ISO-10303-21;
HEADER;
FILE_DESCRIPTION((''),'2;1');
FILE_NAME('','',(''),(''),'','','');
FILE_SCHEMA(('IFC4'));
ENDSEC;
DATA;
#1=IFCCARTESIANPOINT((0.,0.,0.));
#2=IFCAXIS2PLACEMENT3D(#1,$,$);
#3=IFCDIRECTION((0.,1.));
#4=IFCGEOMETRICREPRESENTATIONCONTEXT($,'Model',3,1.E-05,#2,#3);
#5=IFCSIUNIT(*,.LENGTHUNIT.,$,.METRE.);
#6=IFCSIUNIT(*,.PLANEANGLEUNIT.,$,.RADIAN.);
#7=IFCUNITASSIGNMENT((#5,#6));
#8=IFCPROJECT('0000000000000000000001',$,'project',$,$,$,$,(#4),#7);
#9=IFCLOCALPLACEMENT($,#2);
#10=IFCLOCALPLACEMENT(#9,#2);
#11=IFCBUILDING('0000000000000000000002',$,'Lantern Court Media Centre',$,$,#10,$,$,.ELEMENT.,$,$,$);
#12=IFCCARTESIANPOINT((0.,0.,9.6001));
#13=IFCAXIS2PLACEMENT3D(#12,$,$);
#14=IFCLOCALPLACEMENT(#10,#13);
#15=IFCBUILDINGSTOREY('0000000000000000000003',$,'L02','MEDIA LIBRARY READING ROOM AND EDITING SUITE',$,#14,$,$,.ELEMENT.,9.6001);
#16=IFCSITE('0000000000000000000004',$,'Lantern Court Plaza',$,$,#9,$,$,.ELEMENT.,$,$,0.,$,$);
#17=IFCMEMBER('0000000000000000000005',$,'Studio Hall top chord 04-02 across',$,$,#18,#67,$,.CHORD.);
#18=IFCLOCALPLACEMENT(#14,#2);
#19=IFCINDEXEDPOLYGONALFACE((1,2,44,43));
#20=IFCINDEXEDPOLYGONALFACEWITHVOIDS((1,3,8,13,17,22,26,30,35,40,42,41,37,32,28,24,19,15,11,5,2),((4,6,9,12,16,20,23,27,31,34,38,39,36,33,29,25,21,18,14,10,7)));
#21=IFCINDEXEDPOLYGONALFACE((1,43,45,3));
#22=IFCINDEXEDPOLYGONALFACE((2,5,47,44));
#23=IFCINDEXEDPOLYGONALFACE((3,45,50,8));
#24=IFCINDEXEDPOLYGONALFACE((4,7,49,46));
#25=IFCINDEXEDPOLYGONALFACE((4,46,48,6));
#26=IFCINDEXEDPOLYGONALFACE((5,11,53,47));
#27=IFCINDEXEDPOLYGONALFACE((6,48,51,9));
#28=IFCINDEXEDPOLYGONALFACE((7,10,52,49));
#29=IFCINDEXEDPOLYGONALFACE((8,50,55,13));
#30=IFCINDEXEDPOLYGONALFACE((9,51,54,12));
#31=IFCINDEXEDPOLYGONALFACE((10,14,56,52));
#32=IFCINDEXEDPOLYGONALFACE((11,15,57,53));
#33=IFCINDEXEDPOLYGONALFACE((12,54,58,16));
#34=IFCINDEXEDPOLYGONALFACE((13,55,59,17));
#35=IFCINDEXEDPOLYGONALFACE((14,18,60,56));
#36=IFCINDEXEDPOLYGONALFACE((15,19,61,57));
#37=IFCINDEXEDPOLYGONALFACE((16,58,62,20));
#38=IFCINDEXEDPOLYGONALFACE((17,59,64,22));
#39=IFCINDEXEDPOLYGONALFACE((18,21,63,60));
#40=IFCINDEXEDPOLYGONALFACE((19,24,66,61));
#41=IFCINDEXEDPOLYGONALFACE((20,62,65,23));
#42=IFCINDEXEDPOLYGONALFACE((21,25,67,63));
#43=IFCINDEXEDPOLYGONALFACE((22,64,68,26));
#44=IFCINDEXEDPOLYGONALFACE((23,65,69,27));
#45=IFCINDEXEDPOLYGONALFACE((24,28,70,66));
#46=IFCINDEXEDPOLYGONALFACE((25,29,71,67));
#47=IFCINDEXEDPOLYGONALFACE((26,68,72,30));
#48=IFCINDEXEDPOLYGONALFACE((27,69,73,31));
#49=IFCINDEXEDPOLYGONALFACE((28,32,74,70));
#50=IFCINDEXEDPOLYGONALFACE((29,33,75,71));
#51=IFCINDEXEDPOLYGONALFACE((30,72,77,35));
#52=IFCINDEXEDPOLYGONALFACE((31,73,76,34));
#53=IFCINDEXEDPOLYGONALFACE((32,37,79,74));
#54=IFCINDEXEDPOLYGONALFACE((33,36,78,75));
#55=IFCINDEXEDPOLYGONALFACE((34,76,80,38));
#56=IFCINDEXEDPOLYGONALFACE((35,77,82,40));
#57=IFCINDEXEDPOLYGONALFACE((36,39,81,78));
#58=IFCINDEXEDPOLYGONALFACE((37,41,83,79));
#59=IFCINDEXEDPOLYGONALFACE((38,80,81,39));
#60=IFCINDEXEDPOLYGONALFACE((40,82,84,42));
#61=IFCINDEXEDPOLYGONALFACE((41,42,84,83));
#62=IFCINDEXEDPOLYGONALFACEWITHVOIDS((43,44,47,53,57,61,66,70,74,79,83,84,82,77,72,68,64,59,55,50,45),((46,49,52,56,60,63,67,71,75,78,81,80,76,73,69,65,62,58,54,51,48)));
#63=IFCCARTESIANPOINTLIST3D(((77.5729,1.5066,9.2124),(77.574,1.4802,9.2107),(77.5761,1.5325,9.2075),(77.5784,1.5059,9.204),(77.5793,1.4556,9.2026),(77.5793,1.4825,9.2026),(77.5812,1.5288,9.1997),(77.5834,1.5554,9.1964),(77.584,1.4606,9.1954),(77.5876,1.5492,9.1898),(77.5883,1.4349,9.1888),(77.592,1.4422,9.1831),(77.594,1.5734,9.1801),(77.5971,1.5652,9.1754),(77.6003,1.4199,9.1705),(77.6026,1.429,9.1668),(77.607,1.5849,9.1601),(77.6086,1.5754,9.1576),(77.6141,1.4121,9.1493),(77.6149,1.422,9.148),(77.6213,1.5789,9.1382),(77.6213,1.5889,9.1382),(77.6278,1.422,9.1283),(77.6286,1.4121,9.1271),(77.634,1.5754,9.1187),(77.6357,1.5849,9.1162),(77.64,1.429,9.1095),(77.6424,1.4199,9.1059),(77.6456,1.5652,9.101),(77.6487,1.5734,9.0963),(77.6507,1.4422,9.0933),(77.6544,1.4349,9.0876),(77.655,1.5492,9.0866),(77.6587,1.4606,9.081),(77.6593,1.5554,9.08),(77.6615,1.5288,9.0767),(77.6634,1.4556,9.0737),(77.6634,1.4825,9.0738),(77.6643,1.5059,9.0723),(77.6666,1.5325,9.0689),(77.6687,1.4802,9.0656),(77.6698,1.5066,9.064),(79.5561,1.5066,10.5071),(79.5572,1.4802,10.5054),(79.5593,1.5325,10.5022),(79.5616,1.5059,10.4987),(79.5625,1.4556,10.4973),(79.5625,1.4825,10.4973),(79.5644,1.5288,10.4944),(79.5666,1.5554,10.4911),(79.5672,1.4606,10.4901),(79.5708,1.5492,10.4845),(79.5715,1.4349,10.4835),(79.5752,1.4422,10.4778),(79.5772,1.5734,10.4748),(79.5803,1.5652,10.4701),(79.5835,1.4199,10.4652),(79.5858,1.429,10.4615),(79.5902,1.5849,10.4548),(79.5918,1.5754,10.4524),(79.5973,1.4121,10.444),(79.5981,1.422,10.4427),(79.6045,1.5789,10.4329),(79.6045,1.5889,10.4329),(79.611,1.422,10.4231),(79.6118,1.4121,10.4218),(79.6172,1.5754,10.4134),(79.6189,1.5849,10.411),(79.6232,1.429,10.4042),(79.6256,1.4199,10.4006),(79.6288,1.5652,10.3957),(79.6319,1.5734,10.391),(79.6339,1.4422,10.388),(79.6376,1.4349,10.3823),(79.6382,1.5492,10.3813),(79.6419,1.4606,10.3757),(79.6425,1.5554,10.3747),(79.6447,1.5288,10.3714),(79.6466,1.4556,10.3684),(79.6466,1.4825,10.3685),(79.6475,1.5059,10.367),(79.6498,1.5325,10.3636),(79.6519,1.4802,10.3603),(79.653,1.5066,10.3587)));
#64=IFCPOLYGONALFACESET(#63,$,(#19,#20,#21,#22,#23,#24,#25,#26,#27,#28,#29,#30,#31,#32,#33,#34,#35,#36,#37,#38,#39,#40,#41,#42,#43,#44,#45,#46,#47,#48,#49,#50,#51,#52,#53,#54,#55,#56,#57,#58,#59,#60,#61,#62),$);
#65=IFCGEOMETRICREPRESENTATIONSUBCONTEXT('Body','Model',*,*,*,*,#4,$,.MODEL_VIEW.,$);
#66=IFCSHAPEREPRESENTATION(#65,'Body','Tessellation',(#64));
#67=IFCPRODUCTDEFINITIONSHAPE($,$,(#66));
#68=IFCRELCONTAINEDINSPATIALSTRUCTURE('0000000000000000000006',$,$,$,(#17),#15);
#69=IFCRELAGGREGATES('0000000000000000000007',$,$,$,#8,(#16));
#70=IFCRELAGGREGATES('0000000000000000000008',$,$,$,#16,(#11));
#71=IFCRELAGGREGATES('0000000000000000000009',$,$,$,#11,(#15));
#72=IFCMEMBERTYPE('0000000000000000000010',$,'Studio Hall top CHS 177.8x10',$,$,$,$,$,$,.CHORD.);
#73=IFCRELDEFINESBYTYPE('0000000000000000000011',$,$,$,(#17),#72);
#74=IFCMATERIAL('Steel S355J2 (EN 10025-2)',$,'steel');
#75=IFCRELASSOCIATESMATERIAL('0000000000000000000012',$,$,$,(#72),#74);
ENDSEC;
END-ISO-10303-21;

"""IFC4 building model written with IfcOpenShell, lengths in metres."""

from ifc_helpers import new_model, si_unit, direction, frame, origin, origin_2d, place, context, subcontext, project, spatial, hollow_circle, extrude, material, material_profile, profile_set, type_object, element, save


model = new_model("IFC4")

# Units and contexts
model_context = context("Model", 3, precision=1e-05, world=origin(), true_north=direction((0.0, 1.0)))
body_context = subcontext(model_context, "Body", "Model", "MODEL_VIEW")
ifc_project = project(units=[si_unit("LENGTHUNIT", "METRE"), si_unit("PLANEANGLEUNIT", "RADIAN")], contexts=[model_context])

# Site, building, storey
site_placement = place(None, origin())
site = spatial("IfcSite", under=ifc_project, at=site_placement, Name="Lantern Court Plaza", CompositionType="ELEMENT", RefElevation=0.0)
building_placement = place(site_placement, origin())
building = spatial("IfcBuilding", under=site, at=building_placement, Name="Lantern Court Media Centre", CompositionType="ELEMENT")
storey_placement = place(building_placement, frame((0.0, 0.0, 9.6001)))
storey = spatial("IfcBuildingStorey", under=building, at=storey_placement, Name="L02", Description="MEDIA LIBRARY READING ROOM AND EDITING SUITE", CompositionType="ELEMENT", Elevation=9.6001)

# Member
ifc_material = material(Name="Steel S355J2 (EN 10025-2)", Category="steel")
ifc_material_profile_1 = material_profile(ifc_material, hollow_circle(Radius=0.0889, WallThickness=0.01, at=origin_2d()), Name="Studio Hall top CHS 177.8x10")
ifc_profile_set_1 = profile_set([ifc_material_profile_1], Name="Steel S355J2 (EN 10025-2)")
member_type_1 = type_object("IfcMemberType", Name="Studio Hall top CHS 177.8x10", PredefinedType="CHORD", material=ifc_profile_set_1)
for number, where, z_axis, x_axis, name in (
    (1, (77.6213, 1.5, 9.1382), (0.837356, 0.0, 0.546658), (0.0, 1.0, 0.0), "Studio Hall top chord 04-02 across"),
):
    element("IfcMember", number, at=place(storey_placement, frame(where, z_axis=z_axis, x_axis=x_axis)), inside=storey, type_object=member_type_1, Name=name, PredefinedType="CHORD", context=body_context, shape_type="SweptSolid", body=[
        extrude(hollow_circle(Radius=0.0889, WallThickness=0.01, at=origin_2d()), origin(), (0.0, 0.0, 1.0), 2.3684),
    ])

save(model, "model.ifc")
